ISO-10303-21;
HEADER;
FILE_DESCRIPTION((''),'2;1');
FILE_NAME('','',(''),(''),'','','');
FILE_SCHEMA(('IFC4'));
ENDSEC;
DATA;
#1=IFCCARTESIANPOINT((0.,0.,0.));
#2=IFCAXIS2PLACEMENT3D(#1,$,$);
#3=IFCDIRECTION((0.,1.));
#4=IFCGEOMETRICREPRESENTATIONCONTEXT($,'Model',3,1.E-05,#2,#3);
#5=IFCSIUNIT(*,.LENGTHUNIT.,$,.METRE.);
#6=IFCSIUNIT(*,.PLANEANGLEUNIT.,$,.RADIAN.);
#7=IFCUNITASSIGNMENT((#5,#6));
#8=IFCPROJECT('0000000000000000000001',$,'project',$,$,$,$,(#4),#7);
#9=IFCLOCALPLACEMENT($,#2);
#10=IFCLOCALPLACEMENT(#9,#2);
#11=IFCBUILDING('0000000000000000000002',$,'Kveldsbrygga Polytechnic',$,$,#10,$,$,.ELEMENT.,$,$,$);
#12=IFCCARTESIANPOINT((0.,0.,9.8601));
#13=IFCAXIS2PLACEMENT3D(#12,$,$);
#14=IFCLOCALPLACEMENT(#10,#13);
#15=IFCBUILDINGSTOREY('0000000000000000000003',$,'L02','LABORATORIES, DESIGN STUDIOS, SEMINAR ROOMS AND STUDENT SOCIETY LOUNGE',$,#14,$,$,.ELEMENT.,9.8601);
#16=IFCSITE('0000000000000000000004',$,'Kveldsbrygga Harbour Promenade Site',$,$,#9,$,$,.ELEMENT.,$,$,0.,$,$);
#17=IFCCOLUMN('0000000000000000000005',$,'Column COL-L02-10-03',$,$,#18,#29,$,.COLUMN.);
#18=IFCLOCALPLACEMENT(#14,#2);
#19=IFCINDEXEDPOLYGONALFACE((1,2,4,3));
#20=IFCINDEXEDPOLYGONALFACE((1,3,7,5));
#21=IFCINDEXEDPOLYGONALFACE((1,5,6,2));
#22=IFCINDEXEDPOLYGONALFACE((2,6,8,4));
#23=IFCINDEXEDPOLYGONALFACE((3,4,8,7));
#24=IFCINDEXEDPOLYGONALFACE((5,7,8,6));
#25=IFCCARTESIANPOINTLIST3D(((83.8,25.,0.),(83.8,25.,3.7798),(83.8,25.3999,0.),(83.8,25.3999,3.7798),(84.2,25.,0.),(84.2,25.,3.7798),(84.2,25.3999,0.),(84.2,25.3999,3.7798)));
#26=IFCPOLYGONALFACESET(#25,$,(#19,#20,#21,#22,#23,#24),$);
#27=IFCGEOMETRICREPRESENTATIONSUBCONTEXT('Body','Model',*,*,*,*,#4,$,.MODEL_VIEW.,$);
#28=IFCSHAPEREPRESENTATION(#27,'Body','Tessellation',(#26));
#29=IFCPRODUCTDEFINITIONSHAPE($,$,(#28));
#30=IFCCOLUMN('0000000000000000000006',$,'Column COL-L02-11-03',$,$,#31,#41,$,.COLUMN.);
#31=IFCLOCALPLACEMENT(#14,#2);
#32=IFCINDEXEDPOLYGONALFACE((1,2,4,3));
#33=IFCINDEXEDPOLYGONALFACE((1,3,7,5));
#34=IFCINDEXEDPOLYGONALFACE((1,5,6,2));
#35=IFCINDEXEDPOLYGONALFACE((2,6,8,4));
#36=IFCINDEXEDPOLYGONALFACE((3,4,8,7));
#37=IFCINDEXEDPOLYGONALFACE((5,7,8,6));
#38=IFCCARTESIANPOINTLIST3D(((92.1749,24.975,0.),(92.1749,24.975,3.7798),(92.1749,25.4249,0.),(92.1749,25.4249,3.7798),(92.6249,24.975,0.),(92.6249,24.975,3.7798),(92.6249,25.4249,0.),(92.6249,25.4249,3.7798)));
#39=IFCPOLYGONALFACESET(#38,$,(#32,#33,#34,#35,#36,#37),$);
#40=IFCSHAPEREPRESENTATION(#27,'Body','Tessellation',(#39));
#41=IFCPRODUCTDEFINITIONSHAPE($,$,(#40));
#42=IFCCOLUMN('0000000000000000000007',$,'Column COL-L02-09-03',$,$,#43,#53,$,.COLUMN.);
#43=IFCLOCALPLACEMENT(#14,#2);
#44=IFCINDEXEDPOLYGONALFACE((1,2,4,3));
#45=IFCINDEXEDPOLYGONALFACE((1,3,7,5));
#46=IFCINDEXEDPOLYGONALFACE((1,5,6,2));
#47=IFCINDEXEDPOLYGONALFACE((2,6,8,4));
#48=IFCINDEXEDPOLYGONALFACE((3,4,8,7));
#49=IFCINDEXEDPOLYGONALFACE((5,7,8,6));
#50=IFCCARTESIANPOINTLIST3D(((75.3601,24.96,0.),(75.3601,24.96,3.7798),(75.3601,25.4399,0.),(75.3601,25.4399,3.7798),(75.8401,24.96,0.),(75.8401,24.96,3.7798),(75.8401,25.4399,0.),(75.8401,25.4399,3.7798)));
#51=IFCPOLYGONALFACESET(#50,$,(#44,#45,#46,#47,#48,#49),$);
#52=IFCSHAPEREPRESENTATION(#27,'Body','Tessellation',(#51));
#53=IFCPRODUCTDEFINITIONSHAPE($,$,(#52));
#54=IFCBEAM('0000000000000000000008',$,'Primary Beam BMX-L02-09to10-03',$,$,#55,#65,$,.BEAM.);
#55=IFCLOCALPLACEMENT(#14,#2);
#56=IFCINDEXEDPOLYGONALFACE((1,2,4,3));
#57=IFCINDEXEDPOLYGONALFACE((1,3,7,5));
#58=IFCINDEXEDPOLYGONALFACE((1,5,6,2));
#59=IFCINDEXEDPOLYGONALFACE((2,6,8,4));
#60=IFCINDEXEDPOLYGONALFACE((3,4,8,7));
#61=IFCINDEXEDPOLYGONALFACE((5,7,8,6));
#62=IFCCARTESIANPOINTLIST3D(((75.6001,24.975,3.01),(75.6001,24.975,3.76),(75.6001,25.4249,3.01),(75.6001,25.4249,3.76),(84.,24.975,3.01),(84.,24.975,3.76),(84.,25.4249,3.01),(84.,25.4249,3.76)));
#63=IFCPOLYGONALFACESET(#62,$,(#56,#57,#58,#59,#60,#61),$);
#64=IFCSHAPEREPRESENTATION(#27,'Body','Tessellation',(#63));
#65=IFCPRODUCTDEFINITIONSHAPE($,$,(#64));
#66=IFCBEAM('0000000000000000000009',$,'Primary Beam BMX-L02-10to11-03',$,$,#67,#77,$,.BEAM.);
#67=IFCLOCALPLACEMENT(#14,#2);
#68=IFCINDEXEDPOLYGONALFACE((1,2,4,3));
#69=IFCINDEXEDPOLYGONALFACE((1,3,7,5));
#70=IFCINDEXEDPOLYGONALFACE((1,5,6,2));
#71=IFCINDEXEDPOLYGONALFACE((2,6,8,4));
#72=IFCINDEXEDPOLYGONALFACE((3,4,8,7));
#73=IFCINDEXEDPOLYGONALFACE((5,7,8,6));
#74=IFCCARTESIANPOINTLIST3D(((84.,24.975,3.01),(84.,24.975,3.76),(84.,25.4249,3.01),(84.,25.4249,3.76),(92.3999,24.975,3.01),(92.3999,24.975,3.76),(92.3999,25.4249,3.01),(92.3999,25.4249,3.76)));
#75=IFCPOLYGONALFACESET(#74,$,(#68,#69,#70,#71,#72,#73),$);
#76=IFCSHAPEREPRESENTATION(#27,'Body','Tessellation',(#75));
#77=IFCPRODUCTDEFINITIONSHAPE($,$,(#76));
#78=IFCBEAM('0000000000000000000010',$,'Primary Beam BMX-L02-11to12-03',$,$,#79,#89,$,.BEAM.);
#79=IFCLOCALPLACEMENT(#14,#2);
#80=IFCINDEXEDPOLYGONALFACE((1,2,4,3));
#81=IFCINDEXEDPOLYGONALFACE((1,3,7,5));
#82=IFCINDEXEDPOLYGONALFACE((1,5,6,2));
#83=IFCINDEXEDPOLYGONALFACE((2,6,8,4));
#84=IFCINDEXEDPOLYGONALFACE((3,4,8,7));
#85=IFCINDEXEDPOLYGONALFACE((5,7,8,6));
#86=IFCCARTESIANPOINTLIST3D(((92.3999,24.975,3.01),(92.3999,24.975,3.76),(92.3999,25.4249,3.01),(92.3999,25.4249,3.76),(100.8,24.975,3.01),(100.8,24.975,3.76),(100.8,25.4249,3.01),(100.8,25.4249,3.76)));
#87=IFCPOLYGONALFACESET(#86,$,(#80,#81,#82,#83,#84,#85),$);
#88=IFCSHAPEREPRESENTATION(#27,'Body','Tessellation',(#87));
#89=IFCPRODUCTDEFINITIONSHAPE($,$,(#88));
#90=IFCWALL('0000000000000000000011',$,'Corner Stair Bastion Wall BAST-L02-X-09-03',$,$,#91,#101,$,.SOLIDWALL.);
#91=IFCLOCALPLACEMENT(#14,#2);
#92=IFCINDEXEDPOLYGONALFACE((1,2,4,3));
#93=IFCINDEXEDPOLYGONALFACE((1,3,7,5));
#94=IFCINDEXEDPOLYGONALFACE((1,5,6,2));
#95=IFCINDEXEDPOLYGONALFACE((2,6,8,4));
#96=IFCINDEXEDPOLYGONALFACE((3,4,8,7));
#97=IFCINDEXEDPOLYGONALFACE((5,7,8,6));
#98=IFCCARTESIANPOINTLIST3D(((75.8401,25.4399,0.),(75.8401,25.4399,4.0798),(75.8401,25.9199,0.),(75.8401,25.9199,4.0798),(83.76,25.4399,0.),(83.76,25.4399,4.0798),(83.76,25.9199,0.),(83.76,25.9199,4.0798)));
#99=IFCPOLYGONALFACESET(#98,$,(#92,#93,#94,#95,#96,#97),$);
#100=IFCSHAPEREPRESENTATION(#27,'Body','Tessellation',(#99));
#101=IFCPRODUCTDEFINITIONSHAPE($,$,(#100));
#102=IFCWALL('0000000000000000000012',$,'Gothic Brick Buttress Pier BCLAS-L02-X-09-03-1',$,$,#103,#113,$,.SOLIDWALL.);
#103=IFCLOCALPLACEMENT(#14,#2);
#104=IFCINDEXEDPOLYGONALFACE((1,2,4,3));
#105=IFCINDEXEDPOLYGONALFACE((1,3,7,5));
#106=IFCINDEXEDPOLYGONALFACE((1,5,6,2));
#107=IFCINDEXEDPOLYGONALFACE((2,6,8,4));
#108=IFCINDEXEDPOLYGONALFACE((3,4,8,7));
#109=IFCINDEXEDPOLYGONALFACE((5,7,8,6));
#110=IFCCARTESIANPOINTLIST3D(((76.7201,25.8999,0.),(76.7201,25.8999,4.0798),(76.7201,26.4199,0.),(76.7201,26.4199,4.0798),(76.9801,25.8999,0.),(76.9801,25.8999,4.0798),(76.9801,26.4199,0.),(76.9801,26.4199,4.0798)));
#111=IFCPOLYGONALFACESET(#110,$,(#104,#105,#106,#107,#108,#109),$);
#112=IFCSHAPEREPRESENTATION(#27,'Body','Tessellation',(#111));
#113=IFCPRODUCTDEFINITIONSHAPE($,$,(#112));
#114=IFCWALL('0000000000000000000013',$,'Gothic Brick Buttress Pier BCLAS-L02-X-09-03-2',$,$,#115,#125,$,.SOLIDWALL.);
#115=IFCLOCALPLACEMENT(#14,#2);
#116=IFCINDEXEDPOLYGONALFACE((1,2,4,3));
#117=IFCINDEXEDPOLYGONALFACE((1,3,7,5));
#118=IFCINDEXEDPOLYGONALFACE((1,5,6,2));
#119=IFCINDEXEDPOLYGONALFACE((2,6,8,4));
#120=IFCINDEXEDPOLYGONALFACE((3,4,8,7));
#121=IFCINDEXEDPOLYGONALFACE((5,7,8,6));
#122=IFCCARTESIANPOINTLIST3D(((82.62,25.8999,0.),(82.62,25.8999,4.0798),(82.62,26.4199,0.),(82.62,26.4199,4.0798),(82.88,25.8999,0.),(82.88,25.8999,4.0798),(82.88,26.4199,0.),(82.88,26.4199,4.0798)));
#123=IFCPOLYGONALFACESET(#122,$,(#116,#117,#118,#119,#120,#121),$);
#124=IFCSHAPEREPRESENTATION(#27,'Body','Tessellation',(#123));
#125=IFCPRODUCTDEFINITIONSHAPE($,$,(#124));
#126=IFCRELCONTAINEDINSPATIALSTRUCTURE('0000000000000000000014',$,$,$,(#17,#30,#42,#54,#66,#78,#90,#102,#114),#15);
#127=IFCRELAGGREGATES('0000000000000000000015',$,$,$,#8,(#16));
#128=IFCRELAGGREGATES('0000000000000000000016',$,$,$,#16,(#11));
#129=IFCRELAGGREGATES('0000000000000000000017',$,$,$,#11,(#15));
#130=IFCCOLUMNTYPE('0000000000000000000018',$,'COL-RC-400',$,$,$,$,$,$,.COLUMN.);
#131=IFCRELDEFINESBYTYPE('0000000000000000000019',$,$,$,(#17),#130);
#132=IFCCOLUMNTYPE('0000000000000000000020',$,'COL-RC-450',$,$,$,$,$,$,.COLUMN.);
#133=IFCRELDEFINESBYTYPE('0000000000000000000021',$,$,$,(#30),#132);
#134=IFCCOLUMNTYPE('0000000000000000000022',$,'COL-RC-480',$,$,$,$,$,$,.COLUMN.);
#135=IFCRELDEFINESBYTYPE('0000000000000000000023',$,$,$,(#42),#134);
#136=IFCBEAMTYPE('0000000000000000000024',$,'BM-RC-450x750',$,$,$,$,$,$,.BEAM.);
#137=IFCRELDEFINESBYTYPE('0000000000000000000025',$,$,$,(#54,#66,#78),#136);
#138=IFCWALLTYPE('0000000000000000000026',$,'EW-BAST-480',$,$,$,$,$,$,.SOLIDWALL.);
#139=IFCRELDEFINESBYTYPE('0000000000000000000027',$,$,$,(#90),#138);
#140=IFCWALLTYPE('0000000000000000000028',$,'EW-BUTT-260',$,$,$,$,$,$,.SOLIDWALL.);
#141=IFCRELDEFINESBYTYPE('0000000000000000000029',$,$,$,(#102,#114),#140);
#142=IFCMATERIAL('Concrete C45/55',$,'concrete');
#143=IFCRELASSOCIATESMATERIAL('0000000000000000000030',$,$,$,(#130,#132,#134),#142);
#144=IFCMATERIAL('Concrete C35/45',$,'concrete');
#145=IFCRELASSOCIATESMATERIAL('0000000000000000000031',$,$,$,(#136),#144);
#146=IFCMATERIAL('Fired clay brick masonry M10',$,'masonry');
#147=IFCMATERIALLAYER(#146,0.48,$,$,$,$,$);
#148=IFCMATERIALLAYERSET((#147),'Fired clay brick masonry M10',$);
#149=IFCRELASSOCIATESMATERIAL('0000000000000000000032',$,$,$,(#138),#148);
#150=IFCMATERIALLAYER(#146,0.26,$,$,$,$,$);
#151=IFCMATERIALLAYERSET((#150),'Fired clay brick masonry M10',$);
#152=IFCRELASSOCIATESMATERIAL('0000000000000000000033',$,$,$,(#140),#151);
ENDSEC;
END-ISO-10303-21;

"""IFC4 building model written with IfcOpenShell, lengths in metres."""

from ifc_helpers import new_model, si_unit, direction, frame, frame_2d, origin, origin_2d, place, context, subcontext, project, spatial, rectangle, extrude, material, layer, layer_set, material_profile, profile_set, type_object, element, save


model = new_model("IFC4")

# Units and contexts
model_context = context("Model", 3, precision=1e-05, world=origin(), true_north=direction((0.0, 1.0)))
body_context = subcontext(model_context, "Body", "Model", "MODEL_VIEW")
ifc_project = project(units=[si_unit("LENGTHUNIT", "METRE"), si_unit("PLANEANGLEUNIT", "RADIAN")], contexts=[model_context])

# Site, building, storey
site_placement = place(None, origin())
site = spatial("IfcSite", under=ifc_project, at=site_placement, Name="Kveldsbrygga Harbour Promenade Site", CompositionType="ELEMENT", RefElevation=0.0)
building_placement = place(site_placement, origin())
building = spatial("IfcBuilding", under=site, at=building_placement, Name="Kveldsbrygga Polytechnic", CompositionType="ELEMENT")
storey_placement = place(building_placement, frame((0.0, 0.0, 9.8601)))
storey = spatial("IfcBuildingStorey", under=building, at=storey_placement, Name="L02", Description="LABORATORIES, DESIGN STUDIOS, SEMINAR ROOMS AND STUDENT SOCIETY LOUNGE", CompositionType="ELEMENT", Elevation=9.8601)

# Columns
ifc_material_1 = material(Name="Concrete C45/55", Category="concrete")
ifc_material_profile_1 = material_profile(ifc_material_1, rectangle(XDim=0.3999, YDim=0.3999, at=origin_2d()), Name="RC 400x400")
ifc_profile_set_1 = profile_set([ifc_material_profile_1], Name="Concrete C45/55")
column_type_1 = type_object("IfcColumnType", Name="COL-RC-400", PredefinedType="COLUMN", material=ifc_profile_set_1)
column_1_placement = place(storey_placement, frame((84.0, 25.2, 0.0), z_axis=(0.0, 0.0, 1.0), x_axis=(1.0, 0.0, 0.0)))
element("IfcColumn", 1, at=column_1_placement, inside=storey, type_object=column_type_1, Name="Column COL-L02-10-03", PredefinedType="COLUMN", context=body_context, shape_type="SweptSolid", body=[
    extrude(rectangle(XDim=0.3999, YDim=0.3999, at=origin_2d()), origin(), (0.0, 0.0, 1.0), 3.7798),
])
ifc_material_profile_2 = material_profile(ifc_material_1, rectangle(XDim=0.45, YDim=0.45, at=origin_2d()), Name="RC 450x450")
ifc_profile_set_2 = profile_set([ifc_material_profile_2], Name="Concrete C45/55")
column_type_2 = type_object("IfcColumnType", Name="COL-RC-450", PredefinedType="COLUMN", material=ifc_profile_set_2)
column_2_placement = place(storey_placement, frame((92.3999, 25.2, 0.0), z_axis=(0.0, 0.0, 1.0), x_axis=(1.0, 0.0, 0.0)))
element("IfcColumn", 2, at=column_2_placement, inside=storey, type_object=column_type_2, Name="Column COL-L02-11-03", PredefinedType="COLUMN", context=body_context, shape_type="SweptSolid", body=[
    extrude(rectangle(XDim=0.45, YDim=0.45, at=origin_2d()), origin(), (0.0, 0.0, 1.0), 3.7798),
])
ifc_material_profile_3 = material_profile(ifc_material_1, rectangle(XDim=0.48, YDim=0.48, at=origin_2d()), Name="RC 480x480")
ifc_profile_set_3 = profile_set([ifc_material_profile_3], Name="Concrete C45/55")
column_type_3 = type_object("IfcColumnType", Name="COL-RC-480", PredefinedType="COLUMN", material=ifc_profile_set_3)
column_3_placement = place(storey_placement, frame((75.6001, 25.2, 0.0), z_axis=(0.0, 0.0, 1.0), x_axis=(1.0, 0.0, 0.0)))
element("IfcColumn", 3, at=column_3_placement, inside=storey, type_object=column_type_3, Name="Column COL-L02-09-03", PredefinedType="COLUMN", context=body_context, shape_type="SweptSolid", body=[
    extrude(rectangle(XDim=0.48, YDim=0.48, at=origin_2d()), origin(), (0.0, 0.0, 1.0), 3.7798),
])

# Beams
ifc_material_2 = material(Name="Concrete C35/45", Category="concrete")
ifc_material_profile_4 = material_profile(ifc_material_2, rectangle(XDim=0.45, YDim=0.75, at=origin_2d()), Name="RC 450x750")
ifc_profile_set_4 = profile_set([ifc_material_profile_4], Name="Concrete C35/45")
beam_type = type_object("IfcBeamType", Name="BM-RC-450x750", PredefinedType="BEAM", material=ifc_profile_set_4)
for number, where, z_axis, x_axis, name in (
    (4, (75.6001, 25.2, 3.385), (1.0, 0.0, 0.0), (0.0, 1.0, 0.0), "Primary Beam BMX-L02-09to10-03"),
    (5, (84.0, 25.2, 3.385), (1.0, 0.0, 0.0), (0.0, 1.0, 0.0), "Primary Beam BMX-L02-10to11-03"),
):
    element("IfcBeam", number, at=place(storey_placement, frame(where, z_axis=z_axis, x_axis=x_axis)), inside=storey, type_object=beam_type, Name=name, PredefinedType="BEAM", context=body_context, shape_type="SweptSolid", body=[
        extrude(rectangle(XDim=0.45, YDim=0.75, at=origin_2d()), origin(), (0.0, 0.0, 1.0), 8.3999),
    ])
beam_placement = place(storey_placement, frame((92.3999, 25.2, 3.385), z_axis=(1.0, 0.0, 0.0), x_axis=(0.0, 1.0, 0.0)))
element("IfcBeam", 6, at=beam_placement, inside=storey, type_object=beam_type, Name="Primary Beam BMX-L02-11to12-03", PredefinedType="BEAM", context=body_context, shape_type="SweptSolid", body=[
    extrude(rectangle(XDim=0.45, YDim=0.75, at=origin_2d()), origin(), (0.0, 0.0, 1.0), 8.4001),
])

# Walls
ifc_material_3 = material(Name="Fired clay brick masonry M10", Category="masonry")
ifc_layer_1 = layer(ifc_material_3, 0.48)
ifc_layer_set_1 = layer_set([ifc_layer_1], Name="Fired clay brick masonry M10")
wall_type_1 = type_object("IfcWallType", Name="EW-BAST-480", PredefinedType="SOLIDWALL", material=ifc_layer_set_1)
wall_1_placement = place(storey_placement, frame((75.8401, 25.6799, 0.0), z_axis=(0.0, 0.0, 1.0), x_axis=(1.0, 0.0, 0.0)))
element("IfcWall", 7, at=wall_1_placement, inside=storey, type_object=wall_type_1, Name="Corner Stair Bastion Wall BAST-L02-X-09-03", PredefinedType="SOLIDWALL", context=body_context, shape_type="SweptSolid", body=[
    extrude(rectangle(XDim=7.9199, YDim=0.48, at=frame_2d((3.96, 0.0))), origin(), (0.0, 0.0, 1.0), 4.0798),
])
ifc_layer_2 = layer(ifc_material_3, 0.26)
ifc_layer_set_2 = layer_set([ifc_layer_2], Name="Fired clay brick masonry M10")
wall_type_2 = type_object("IfcWallType", Name="EW-BUTT-260", PredefinedType="SOLIDWALL", material=ifc_layer_set_2)
for number, where, z_axis, x_axis, name in (
    (8, (76.8501, 25.8999, 0.0), (0.0, 0.0, 1.0), (0.0, 1.0, 0.0), "Gothic Brick Buttress Pier BCLAS-L02-X-09-03-1"),
    (9, (82.75, 25.8999, 0.0), (0.0, 0.0, 1.0), (0.0, 1.0, 0.0), "Gothic Brick Buttress Pier BCLAS-L02-X-09-03-2"),
):
    element("IfcWall", number, at=place(storey_placement, frame(where, z_axis=z_axis, x_axis=x_axis)), inside=storey, type_object=wall_type_2, Name=name, PredefinedType="SOLIDWALL", context=body_context, shape_type="SweptSolid", body=[
        extrude(rectangle(XDim=0.52, YDim=0.26, at=frame_2d((0.26, 0.0))), origin(), (0.0, 0.0, 1.0), 4.0798),
    ])

save(model, "model.ifc")
